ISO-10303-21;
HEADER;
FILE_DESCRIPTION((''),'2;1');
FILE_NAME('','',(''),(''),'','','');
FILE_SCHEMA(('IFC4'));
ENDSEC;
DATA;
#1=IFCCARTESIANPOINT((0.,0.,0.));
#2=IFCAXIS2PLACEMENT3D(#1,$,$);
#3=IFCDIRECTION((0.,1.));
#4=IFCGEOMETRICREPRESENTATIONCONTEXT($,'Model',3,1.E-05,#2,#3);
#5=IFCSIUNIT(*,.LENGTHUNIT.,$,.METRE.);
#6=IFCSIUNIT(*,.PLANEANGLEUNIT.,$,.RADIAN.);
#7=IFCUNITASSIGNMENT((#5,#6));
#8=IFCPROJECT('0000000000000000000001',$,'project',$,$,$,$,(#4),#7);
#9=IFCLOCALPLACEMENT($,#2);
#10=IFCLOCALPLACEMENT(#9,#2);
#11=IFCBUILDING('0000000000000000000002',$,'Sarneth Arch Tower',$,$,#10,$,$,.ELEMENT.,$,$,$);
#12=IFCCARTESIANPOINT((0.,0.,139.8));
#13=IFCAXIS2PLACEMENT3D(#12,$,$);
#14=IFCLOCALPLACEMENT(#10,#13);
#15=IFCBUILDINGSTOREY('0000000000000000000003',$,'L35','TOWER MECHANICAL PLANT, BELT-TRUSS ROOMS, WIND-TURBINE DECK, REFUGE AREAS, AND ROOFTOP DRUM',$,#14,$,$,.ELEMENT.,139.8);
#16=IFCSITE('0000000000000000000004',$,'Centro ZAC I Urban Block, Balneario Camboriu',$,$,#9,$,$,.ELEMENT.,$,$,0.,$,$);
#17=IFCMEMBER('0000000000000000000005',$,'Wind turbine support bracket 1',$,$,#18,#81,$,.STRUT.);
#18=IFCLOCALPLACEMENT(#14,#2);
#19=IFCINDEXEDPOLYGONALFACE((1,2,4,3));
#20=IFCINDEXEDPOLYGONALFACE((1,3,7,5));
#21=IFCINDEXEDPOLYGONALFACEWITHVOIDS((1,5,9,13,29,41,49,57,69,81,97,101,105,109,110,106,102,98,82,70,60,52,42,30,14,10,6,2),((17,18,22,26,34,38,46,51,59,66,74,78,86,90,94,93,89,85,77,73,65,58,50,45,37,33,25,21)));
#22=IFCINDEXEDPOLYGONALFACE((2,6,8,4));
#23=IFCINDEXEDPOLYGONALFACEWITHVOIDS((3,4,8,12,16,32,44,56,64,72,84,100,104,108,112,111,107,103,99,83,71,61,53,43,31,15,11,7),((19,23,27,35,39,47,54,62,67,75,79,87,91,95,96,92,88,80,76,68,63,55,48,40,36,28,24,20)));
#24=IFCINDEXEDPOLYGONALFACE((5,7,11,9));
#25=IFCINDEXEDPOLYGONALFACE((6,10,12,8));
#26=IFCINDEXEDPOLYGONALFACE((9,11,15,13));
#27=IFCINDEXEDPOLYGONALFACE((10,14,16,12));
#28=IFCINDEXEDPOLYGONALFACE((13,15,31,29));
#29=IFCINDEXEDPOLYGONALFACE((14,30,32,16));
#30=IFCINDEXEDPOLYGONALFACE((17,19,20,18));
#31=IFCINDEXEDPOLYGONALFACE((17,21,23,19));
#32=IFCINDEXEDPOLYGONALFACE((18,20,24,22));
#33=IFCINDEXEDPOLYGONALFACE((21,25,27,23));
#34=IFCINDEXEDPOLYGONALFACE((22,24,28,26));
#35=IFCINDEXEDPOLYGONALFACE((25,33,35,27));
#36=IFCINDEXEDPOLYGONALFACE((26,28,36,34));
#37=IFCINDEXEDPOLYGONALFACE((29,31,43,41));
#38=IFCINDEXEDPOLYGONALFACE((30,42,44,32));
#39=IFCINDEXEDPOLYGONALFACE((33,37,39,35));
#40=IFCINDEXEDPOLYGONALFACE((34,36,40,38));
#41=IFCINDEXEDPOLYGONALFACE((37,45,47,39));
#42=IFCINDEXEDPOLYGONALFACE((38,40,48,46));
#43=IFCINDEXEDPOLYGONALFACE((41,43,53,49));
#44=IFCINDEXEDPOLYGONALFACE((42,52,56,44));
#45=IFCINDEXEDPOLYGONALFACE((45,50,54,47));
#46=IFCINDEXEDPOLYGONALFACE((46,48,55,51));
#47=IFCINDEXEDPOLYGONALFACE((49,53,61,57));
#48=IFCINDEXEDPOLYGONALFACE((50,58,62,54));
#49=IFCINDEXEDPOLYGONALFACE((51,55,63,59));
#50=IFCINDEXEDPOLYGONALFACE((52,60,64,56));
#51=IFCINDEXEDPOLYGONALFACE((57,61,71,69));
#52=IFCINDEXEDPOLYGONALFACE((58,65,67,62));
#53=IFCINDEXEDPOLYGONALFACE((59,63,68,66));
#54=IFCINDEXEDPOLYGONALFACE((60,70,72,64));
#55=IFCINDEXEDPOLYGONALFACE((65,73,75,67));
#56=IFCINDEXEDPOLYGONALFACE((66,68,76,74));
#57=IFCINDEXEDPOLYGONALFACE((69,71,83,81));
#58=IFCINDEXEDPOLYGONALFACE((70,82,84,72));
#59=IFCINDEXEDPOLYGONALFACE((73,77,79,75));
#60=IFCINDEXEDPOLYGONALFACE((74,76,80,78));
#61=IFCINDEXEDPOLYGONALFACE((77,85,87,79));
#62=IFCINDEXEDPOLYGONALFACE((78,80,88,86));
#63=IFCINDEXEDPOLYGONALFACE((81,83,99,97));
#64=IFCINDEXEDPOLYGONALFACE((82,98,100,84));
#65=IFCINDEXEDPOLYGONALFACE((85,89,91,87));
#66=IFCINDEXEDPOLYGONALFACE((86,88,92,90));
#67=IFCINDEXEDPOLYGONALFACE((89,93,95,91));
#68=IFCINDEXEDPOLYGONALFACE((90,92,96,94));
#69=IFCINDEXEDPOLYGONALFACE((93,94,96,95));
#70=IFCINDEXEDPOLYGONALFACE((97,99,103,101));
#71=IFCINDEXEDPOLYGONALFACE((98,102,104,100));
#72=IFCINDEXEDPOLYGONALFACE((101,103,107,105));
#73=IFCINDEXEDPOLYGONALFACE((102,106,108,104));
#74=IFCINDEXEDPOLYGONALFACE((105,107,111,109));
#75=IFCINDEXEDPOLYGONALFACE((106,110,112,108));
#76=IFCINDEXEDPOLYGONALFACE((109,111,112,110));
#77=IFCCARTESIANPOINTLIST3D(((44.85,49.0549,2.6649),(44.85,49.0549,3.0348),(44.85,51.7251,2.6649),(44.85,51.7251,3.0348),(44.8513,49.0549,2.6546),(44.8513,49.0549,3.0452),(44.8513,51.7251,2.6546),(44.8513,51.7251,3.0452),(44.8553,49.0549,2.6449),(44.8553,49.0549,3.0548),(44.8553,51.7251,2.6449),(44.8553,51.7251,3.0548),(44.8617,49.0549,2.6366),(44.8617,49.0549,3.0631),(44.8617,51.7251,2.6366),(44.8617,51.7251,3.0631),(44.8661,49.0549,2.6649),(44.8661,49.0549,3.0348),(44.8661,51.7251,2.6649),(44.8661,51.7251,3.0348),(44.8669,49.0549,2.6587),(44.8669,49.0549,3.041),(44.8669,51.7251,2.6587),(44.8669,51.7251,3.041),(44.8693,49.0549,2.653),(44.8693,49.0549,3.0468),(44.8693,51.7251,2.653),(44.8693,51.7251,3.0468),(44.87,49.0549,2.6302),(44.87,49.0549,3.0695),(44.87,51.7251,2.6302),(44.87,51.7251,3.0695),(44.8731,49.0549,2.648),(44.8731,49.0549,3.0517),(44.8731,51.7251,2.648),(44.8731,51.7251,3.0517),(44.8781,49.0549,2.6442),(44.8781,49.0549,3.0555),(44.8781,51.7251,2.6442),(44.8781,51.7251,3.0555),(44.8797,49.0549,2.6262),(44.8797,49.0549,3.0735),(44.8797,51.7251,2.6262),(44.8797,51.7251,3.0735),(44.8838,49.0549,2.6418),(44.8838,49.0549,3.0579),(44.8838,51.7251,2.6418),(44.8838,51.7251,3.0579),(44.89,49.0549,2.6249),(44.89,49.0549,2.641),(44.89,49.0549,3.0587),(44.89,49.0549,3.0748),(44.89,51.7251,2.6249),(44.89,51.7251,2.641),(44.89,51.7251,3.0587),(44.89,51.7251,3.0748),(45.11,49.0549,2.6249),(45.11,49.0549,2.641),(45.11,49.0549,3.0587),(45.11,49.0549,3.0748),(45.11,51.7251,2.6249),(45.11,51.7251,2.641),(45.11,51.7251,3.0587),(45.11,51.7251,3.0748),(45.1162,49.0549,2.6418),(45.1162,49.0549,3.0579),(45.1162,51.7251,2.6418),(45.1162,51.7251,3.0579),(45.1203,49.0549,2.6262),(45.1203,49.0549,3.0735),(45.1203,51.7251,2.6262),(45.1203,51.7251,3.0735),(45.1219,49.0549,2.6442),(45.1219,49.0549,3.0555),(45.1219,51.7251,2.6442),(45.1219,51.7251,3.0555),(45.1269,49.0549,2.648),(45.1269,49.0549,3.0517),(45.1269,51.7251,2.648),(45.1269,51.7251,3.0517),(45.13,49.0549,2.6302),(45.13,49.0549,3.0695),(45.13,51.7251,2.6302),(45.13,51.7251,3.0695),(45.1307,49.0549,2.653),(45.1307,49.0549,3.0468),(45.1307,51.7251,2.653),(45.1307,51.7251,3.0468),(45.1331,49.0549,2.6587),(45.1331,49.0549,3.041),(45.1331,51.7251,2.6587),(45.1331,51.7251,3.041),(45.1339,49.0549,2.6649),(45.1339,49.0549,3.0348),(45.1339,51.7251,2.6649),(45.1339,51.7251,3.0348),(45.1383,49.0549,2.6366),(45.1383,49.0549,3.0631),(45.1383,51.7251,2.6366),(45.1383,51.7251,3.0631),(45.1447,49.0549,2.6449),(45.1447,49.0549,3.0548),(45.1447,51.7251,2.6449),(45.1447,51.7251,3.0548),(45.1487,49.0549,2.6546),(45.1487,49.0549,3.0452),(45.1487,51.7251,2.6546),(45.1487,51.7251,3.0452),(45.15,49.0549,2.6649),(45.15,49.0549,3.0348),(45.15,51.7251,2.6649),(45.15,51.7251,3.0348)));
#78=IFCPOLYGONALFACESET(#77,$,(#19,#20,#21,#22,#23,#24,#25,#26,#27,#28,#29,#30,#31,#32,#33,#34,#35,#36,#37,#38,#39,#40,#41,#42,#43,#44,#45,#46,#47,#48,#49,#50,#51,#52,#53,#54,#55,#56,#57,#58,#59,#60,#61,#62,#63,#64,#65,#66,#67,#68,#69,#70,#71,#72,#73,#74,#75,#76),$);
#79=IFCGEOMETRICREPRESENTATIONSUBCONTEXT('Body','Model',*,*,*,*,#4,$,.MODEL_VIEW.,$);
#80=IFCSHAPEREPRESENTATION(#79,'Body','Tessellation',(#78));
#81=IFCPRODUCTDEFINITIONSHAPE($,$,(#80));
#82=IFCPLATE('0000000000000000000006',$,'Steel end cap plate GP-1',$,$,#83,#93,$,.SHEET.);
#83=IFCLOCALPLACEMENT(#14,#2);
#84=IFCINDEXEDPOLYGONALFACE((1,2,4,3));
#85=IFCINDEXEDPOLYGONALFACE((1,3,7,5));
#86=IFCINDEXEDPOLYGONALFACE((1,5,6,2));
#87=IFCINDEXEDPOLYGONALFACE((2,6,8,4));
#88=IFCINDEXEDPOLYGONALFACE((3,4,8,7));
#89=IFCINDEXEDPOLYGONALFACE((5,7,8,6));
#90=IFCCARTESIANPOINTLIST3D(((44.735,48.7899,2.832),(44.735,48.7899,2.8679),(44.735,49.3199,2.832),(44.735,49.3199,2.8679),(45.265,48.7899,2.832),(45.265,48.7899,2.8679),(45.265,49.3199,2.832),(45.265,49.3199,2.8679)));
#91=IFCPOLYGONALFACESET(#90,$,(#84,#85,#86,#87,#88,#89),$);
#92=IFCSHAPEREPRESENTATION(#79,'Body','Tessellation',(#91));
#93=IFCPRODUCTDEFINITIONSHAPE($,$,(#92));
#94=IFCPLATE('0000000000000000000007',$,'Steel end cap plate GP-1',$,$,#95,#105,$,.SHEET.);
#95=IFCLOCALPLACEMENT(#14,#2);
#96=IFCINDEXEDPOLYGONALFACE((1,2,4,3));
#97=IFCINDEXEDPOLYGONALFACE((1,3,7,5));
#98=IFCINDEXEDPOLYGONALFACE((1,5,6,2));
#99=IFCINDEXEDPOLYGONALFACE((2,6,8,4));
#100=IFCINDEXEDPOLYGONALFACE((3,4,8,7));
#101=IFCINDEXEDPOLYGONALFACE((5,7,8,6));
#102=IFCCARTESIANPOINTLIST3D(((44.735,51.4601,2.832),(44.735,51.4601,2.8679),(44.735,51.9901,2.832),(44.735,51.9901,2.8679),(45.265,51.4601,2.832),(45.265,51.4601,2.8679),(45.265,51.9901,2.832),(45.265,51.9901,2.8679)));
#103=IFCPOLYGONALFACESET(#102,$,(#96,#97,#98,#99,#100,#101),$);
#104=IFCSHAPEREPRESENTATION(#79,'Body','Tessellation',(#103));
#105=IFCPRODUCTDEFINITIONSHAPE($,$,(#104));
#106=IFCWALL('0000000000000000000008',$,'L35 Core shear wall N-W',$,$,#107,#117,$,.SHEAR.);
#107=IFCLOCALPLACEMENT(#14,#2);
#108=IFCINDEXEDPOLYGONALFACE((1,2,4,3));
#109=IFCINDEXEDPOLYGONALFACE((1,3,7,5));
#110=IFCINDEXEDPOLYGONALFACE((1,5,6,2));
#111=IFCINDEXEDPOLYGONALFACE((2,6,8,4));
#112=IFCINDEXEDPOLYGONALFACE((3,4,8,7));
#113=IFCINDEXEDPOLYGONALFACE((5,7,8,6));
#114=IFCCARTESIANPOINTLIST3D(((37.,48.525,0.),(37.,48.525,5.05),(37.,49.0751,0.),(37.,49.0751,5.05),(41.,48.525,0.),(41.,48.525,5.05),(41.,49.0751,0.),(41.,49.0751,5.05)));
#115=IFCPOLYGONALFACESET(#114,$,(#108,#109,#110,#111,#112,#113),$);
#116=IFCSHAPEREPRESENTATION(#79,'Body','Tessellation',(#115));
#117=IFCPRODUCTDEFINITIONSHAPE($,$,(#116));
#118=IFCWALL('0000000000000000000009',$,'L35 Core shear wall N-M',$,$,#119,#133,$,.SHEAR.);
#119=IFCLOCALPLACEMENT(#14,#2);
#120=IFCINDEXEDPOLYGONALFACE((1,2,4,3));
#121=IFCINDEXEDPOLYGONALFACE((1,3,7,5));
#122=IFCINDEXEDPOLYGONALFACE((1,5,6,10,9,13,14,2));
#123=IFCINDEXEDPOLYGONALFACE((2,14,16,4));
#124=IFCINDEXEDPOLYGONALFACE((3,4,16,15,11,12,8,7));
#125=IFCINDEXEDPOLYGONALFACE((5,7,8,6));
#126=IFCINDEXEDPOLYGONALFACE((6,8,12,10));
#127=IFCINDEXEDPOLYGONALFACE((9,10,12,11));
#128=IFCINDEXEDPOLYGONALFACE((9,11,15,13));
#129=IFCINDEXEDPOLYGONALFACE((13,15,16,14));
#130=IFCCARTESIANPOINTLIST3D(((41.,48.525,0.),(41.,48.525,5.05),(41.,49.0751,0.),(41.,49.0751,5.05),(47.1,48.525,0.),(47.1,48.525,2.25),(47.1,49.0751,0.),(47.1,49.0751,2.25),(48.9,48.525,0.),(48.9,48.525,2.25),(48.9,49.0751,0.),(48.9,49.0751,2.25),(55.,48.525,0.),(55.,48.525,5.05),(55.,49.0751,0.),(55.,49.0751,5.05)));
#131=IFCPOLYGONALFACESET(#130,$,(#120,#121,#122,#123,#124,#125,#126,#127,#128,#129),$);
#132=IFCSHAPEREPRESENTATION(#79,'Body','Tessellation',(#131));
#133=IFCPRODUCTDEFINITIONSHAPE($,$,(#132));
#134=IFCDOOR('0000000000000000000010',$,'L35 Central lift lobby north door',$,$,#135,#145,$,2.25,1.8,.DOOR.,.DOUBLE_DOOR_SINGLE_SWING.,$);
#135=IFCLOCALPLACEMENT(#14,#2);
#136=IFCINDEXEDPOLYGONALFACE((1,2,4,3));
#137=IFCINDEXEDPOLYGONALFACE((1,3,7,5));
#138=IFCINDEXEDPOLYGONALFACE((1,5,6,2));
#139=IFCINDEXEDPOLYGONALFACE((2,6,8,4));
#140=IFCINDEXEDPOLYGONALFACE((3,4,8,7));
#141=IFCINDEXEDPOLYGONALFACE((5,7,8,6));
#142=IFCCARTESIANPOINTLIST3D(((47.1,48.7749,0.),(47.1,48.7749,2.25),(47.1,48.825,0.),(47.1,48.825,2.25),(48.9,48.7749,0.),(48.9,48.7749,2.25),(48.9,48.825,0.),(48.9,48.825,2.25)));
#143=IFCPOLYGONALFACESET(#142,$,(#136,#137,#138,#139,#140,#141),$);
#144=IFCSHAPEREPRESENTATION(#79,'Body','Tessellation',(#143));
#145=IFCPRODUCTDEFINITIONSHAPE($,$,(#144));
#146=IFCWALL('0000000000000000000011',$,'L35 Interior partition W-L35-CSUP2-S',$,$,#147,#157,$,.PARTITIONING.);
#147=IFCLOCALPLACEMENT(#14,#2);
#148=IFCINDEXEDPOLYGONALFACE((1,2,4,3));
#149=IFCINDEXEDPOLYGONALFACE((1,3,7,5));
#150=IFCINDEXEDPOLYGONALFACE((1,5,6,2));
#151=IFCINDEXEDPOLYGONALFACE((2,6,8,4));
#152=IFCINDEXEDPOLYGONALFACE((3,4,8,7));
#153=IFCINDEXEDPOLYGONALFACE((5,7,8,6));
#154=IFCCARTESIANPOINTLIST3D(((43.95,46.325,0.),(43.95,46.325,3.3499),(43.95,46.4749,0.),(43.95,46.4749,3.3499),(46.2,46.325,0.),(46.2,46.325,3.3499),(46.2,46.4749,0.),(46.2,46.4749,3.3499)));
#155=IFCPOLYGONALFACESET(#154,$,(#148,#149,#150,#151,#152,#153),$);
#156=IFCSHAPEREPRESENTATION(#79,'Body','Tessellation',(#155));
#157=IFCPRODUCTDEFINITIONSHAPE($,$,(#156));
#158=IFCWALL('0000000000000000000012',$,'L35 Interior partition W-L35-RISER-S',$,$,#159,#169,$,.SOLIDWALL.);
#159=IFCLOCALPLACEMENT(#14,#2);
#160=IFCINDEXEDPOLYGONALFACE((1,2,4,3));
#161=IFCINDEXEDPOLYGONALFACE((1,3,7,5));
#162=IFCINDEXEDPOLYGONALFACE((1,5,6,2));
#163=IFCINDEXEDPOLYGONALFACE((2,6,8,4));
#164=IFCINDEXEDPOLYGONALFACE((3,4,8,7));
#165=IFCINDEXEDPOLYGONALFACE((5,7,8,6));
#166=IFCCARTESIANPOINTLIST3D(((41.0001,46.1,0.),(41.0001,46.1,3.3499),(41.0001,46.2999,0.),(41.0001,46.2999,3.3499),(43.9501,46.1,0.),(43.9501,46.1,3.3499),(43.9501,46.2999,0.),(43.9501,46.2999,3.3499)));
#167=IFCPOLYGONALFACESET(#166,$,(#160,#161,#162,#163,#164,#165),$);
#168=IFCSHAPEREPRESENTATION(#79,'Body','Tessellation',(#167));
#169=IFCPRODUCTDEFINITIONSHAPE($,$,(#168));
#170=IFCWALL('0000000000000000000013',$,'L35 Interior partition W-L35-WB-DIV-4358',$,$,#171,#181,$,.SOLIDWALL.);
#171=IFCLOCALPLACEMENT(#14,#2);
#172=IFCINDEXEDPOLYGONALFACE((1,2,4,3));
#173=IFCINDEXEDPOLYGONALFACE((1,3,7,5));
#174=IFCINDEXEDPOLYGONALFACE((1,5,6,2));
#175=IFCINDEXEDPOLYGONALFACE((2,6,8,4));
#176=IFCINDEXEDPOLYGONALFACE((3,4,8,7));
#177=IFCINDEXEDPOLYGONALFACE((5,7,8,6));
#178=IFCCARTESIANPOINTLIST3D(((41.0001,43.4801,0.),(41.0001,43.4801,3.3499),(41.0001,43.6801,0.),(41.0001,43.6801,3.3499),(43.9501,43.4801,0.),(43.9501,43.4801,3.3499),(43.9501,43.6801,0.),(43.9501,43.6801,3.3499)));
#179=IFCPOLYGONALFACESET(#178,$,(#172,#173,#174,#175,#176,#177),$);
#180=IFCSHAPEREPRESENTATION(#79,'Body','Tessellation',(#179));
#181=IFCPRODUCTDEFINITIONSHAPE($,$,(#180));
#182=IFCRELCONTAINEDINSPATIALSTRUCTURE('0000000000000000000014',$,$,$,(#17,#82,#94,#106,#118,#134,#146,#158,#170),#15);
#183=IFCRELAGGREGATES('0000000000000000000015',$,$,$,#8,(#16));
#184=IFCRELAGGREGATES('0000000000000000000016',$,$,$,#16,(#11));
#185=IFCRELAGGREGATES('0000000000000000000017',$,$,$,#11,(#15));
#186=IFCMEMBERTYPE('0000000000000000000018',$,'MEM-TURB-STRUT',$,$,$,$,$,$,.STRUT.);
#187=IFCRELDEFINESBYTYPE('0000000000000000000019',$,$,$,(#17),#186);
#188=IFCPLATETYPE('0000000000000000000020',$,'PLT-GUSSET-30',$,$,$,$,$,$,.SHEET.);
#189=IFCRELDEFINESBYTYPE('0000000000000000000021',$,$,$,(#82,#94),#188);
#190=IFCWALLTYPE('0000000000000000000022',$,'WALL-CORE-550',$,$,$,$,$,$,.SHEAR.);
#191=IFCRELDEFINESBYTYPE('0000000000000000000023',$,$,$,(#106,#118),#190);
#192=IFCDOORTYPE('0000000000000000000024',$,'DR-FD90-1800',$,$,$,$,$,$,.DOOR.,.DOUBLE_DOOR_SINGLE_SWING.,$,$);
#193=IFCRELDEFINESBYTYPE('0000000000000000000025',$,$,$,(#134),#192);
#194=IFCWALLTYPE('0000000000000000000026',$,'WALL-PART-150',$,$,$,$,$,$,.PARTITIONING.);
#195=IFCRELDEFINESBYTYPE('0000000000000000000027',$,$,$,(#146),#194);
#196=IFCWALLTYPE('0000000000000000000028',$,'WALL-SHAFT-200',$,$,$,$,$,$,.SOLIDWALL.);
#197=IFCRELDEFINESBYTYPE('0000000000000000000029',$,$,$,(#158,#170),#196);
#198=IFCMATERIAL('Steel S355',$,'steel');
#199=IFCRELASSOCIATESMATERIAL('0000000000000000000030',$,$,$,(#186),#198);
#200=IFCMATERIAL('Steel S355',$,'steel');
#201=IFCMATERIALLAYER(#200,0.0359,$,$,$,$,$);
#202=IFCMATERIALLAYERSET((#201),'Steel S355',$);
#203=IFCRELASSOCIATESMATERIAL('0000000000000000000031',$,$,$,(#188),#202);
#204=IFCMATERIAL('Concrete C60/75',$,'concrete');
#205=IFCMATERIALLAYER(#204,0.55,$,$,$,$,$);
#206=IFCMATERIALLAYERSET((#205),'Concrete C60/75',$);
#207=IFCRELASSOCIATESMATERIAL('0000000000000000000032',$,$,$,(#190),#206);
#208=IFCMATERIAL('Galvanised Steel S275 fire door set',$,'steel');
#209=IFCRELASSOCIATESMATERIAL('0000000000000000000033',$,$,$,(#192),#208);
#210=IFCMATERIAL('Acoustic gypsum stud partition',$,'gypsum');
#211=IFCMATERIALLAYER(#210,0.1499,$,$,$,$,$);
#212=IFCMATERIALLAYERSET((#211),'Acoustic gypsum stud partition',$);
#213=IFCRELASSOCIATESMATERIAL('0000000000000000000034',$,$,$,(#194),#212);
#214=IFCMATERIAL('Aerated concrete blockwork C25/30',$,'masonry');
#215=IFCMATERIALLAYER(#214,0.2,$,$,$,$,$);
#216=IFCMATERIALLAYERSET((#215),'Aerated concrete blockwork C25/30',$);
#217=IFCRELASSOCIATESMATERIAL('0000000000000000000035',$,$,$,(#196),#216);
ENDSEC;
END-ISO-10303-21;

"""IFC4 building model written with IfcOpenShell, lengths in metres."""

from ifc_helpers import new_model, si_unit, direction, frame, frame_2d, origin, origin_2d, place, context, subcontext, project, spatial, rectangle, hollow_rectangle, extrude, material, layer, layer_set, material_profile, profile_set, type_object, element, fill, save


model = new_model("IFC4")

# Units and contexts
model_context = context("Model", 3, precision=1e-05, world=origin(), true_north=direction((0.0, 1.0)))
body_context = subcontext(model_context, "Body", "Model", "MODEL_VIEW")
ifc_project = project(units=[si_unit("LENGTHUNIT", "METRE"), si_unit("PLANEANGLEUNIT", "RADIAN")], contexts=[model_context])

# Site, building, storey
site_placement = place(None, origin())
site = spatial("IfcSite", under=ifc_project, at=site_placement, Name="Centro ZAC I Urban Block, Balneario Camboriu", CompositionType="ELEMENT", RefElevation=0.0)
building_placement = place(site_placement, origin())
building = spatial("IfcBuilding", under=site, at=building_placement, Name="Sarneth Arch Tower", CompositionType="ELEMENT")
storey_placement = place(building_placement, frame((0.0, 0.0, 139.8)))
storey = spatial("IfcBuildingStorey", under=building, at=storey_placement, Name="L35", Description="TOWER MECHANICAL PLANT, BELT-TRUSS ROOMS, WIND-TURBINE DECK, REFUGE AREAS, AND ROOFTOP DRUM", CompositionType="ELEMENT", Elevation=139.8)

# Member
ifc_material_1 = material(Name="Steel S355", Category="steel")
ifc_material_profile_1 = material_profile(ifc_material_1, hollow_rectangle(XDim=0.3, YDim=0.45, WallThickness=0.0161, InnerFilletRadius=0.0239, OuterFilletRadius=0.04, at=origin_2d()), Name="RHS450x300x16")
ifc_profile_set_1 = profile_set([ifc_material_profile_1], Name="Steel S355")
member_type = type_object("IfcMemberType", Name="MEM-TURB-STRUT", PredefinedType="STRUT", material=ifc_profile_set_1)
member_placement = place(storey_placement, frame((45.0, 49.0549, 2.8499), z_axis=(0.0, 1.0, 0.0), x_axis=(-1.0, 0.0, 0.0)))
element("IfcMember", 1, at=member_placement, inside=storey, type_object=member_type, Name="Wind turbine support bracket 1", PredefinedType="STRUT", context=body_context, shape_type="SweptSolid", body=[
    extrude(hollow_rectangle(XDim=0.3, YDim=0.45, WallThickness=0.0161, InnerFilletRadius=0.0239, OuterFilletRadius=0.04, at=origin_2d()), origin(), (0.0, 0.0, 1.0), 2.6702),
])

# Plates
ifc_material_2 = material(Name="Steel S355", Category="steel")
ifc_layer_1 = layer(ifc_material_2, 0.0359)
ifc_layer_set_1 = layer_set([ifc_layer_1], Name="Steel S355")
plate_type = type_object("IfcPlateType", Name="PLT-GUSSET-30", PredefinedType="SHEET", material=ifc_layer_set_1)
for number, where, z_axis, x_axis, name in (
    (2, (45.0, 49.0549, 2.832), (0.0, 0.0, 1.0), (0.0, -1.0, 0.0), "Steel end cap plate GP-1"),
    (3, (45.0, 51.7251, 2.832), (0.0, 0.0, 1.0), (0.0, 1.0, 0.0), "Steel end cap plate GP-1"),
):
    element("IfcPlate", number, at=place(storey_placement, frame(where, z_axis=z_axis, x_axis=x_axis)), inside=storey, type_object=plate_type, Name=name, PredefinedType="SHEET", context=body_context, shape_type="SweptSolid", body=[
        extrude(rectangle(XDim=0.53, YDim=0.53, at=origin_2d()), origin(), (0.0, 0.0, 1.0), 0.0359),
    ])

# Wall
ifc_material_3 = material(Name="Concrete C60/75", Category="concrete")
ifc_layer_2 = layer(ifc_material_3, 0.55)
ifc_layer_set_2 = layer_set([ifc_layer_2], Name="Concrete C60/75")
wall_type_1 = type_object("IfcWallType", Name="WALL-CORE-550", PredefinedType="SHEAR", material=ifc_layer_set_2)
wall_1_placement = place(storey_placement, frame((37.0, 48.8, 0.0), z_axis=(0.0, 0.0, 1.0), x_axis=(1.0, 0.0, 0.0)))
element("IfcWall", 4, at=wall_1_placement, inside=storey, type_object=wall_type_1, Name="L35 Core shear wall N-W", PredefinedType="SHEAR", context=body_context, shape_type="SweptSolid", body=[
    extrude(rectangle(XDim=4.0, YDim=0.55, at=frame_2d((2.0, 0.0))), origin(), (0.0, 0.0, 1.0), 5.05),
])

# Wall, opening, door
wall_2_placement = place(storey_placement, frame((41.0, 48.8, 0.0), z_axis=(0.0, 0.0, 1.0), x_axis=(1.0, 0.0, 0.0)))
wall_2 = element("IfcWall", 5, at=wall_2_placement, inside=storey, type_object=wall_type_1, Name="L35 Core shear wall N-M", PredefinedType="SHEAR", context=body_context, shape_type="SweptSolid", body=[
    extrude(rectangle(XDim=14.0, YDim=0.55, at=frame_2d((7.0, 0.0))), origin(), (0.0, 0.0, 1.0), 5.05),
])
opening_1_placement = place(wall_2_placement, frame((6.1001, 0.0, 0.0)))
opening_1 = element("IfcOpeningElement", 6, at=opening_1_placement, cuts=wall_2, PredefinedType="OPENING", context=body_context, shape_type="SweptSolid", body=[
    extrude(rectangle(XDim=1.8, YDim=2.25, at=frame_2d((0.8999, 1.125))), frame((0.0, 0.2849, 0.0), z_axis=(0.0, -1.0, 0.0), x_axis=(1.0, 0.0, 0.0)), (0.0, 0.0, 1.0), 0.5701),
])
ifc_material_4 = material(Name="Galvanised Steel S275 fire door set", Category="steel")
door_type_1 = type_object("IfcDoorType", Name="DR-FD90-1800", OperationType="DOUBLE_DOOR_SINGLE_SWING", PredefinedType="DOOR", material=ifc_material_4)
door_1_placement = place(opening_1_placement, origin())
door_1 = element("IfcDoor", 7, at=door_1_placement, inside=storey, type_object=door_type_1, Name="L35 Central lift lobby north door", OperationType="DOUBLE_DOOR_SINGLE_SWING", OverallHeight=2.25, OverallWidth=1.8, PredefinedType="DOOR", context=body_context, shape_type="SweptSolid", body=[
    extrude(rectangle(XDim=1.8, YDim=2.25, at=frame_2d((0.8999, 1.125))), frame((0.0, 0.0249, 0.0), z_axis=(0.0, -1.0, 0.0), x_axis=(1.0, 0.0, 0.0)), (0.0, 0.0, 1.0), 0.05),
])
fill(opening_1, door_1)

# Wall
ifc_material_5 = material(Name="Acoustic gypsum stud partition", Category="gypsum")
ifc_layer_3 = layer(ifc_material_5, 0.1499)
ifc_layer_set_3 = layer_set([ifc_layer_3], Name="Acoustic gypsum stud partition")
wall_type_2 = type_object("IfcWallType", Name="WALL-PART-150", PredefinedType="PARTITIONING", material=ifc_layer_set_3)
wall_3_placement = place(storey_placement, frame((43.95, 46.3999, 0.0), z_axis=(0.0, 0.0, 1.0), x_axis=(1.0, 0.0, 0.0)))
element("IfcWall", 8, at=wall_3_placement, inside=storey, type_object=wall_type_2, Name="L35 Interior partition W-L35-CSUP2-S", PredefinedType="PARTITIONING", context=body_context, shape_type="SweptSolid", body=[
    extrude(rectangle(XDim=2.25, YDim=0.1499, at=frame_2d((1.125, 0.0))), origin(), (0.0, 0.0, 1.0), 3.3499),
])

# Wall
ifc_material_6 = material(Name="Aerated concrete blockwork C25/30", Category="masonry")
ifc_layer_4 = layer(ifc_material_6, 0.2)
ifc_layer_set_4 = layer_set([ifc_layer_4], Name="Aerated concrete blockwork C25/30")
wall_type_3 = type_object("IfcWallType", Name="WALL-SHAFT-200", PredefinedType="SOLIDWALL", material=ifc_layer_set_4)
wall_4_placement = place(storey_placement, frame((41.0, 46.2, 0.0), z_axis=(0.0, 0.0, 1.0), x_axis=(1.0, 0.0, 0.0)))
element("IfcWall", 9, at=wall_4_placement, inside=storey, type_object=wall_type_3, Name="L35 Interior partition W-L35-RISER-S", PredefinedType="SOLIDWALL", context=body_context, shape_type="SweptSolid", body=[
    extrude(rectangle(XDim=2.95, YDim=0.2, at=frame_2d((1.4751, 0.0))), origin(), (0.0, 0.0, 1.0), 3.3499),
])

# Wall
wall_5_placement = place(storey_placement, frame((41.0, 43.5801, 0.0), z_axis=(0.0, 0.0, 1.0), x_axis=(1.0, 0.0, 0.0)))
element("IfcWall", 10, at=wall_5_placement, inside=storey, type_object=wall_type_3, Name="L35 Interior partition W-L35-WB-DIV-4358", PredefinedType="SOLIDWALL", context=body_context, shape_type="SweptSolid", body=[
    extrude(rectangle(XDim=2.95, YDim=0.2, at=frame_2d((1.4751, 0.0))), origin(), (0.0, 0.0, 1.0), 3.3499),
])

save(model, "model.ifc")
